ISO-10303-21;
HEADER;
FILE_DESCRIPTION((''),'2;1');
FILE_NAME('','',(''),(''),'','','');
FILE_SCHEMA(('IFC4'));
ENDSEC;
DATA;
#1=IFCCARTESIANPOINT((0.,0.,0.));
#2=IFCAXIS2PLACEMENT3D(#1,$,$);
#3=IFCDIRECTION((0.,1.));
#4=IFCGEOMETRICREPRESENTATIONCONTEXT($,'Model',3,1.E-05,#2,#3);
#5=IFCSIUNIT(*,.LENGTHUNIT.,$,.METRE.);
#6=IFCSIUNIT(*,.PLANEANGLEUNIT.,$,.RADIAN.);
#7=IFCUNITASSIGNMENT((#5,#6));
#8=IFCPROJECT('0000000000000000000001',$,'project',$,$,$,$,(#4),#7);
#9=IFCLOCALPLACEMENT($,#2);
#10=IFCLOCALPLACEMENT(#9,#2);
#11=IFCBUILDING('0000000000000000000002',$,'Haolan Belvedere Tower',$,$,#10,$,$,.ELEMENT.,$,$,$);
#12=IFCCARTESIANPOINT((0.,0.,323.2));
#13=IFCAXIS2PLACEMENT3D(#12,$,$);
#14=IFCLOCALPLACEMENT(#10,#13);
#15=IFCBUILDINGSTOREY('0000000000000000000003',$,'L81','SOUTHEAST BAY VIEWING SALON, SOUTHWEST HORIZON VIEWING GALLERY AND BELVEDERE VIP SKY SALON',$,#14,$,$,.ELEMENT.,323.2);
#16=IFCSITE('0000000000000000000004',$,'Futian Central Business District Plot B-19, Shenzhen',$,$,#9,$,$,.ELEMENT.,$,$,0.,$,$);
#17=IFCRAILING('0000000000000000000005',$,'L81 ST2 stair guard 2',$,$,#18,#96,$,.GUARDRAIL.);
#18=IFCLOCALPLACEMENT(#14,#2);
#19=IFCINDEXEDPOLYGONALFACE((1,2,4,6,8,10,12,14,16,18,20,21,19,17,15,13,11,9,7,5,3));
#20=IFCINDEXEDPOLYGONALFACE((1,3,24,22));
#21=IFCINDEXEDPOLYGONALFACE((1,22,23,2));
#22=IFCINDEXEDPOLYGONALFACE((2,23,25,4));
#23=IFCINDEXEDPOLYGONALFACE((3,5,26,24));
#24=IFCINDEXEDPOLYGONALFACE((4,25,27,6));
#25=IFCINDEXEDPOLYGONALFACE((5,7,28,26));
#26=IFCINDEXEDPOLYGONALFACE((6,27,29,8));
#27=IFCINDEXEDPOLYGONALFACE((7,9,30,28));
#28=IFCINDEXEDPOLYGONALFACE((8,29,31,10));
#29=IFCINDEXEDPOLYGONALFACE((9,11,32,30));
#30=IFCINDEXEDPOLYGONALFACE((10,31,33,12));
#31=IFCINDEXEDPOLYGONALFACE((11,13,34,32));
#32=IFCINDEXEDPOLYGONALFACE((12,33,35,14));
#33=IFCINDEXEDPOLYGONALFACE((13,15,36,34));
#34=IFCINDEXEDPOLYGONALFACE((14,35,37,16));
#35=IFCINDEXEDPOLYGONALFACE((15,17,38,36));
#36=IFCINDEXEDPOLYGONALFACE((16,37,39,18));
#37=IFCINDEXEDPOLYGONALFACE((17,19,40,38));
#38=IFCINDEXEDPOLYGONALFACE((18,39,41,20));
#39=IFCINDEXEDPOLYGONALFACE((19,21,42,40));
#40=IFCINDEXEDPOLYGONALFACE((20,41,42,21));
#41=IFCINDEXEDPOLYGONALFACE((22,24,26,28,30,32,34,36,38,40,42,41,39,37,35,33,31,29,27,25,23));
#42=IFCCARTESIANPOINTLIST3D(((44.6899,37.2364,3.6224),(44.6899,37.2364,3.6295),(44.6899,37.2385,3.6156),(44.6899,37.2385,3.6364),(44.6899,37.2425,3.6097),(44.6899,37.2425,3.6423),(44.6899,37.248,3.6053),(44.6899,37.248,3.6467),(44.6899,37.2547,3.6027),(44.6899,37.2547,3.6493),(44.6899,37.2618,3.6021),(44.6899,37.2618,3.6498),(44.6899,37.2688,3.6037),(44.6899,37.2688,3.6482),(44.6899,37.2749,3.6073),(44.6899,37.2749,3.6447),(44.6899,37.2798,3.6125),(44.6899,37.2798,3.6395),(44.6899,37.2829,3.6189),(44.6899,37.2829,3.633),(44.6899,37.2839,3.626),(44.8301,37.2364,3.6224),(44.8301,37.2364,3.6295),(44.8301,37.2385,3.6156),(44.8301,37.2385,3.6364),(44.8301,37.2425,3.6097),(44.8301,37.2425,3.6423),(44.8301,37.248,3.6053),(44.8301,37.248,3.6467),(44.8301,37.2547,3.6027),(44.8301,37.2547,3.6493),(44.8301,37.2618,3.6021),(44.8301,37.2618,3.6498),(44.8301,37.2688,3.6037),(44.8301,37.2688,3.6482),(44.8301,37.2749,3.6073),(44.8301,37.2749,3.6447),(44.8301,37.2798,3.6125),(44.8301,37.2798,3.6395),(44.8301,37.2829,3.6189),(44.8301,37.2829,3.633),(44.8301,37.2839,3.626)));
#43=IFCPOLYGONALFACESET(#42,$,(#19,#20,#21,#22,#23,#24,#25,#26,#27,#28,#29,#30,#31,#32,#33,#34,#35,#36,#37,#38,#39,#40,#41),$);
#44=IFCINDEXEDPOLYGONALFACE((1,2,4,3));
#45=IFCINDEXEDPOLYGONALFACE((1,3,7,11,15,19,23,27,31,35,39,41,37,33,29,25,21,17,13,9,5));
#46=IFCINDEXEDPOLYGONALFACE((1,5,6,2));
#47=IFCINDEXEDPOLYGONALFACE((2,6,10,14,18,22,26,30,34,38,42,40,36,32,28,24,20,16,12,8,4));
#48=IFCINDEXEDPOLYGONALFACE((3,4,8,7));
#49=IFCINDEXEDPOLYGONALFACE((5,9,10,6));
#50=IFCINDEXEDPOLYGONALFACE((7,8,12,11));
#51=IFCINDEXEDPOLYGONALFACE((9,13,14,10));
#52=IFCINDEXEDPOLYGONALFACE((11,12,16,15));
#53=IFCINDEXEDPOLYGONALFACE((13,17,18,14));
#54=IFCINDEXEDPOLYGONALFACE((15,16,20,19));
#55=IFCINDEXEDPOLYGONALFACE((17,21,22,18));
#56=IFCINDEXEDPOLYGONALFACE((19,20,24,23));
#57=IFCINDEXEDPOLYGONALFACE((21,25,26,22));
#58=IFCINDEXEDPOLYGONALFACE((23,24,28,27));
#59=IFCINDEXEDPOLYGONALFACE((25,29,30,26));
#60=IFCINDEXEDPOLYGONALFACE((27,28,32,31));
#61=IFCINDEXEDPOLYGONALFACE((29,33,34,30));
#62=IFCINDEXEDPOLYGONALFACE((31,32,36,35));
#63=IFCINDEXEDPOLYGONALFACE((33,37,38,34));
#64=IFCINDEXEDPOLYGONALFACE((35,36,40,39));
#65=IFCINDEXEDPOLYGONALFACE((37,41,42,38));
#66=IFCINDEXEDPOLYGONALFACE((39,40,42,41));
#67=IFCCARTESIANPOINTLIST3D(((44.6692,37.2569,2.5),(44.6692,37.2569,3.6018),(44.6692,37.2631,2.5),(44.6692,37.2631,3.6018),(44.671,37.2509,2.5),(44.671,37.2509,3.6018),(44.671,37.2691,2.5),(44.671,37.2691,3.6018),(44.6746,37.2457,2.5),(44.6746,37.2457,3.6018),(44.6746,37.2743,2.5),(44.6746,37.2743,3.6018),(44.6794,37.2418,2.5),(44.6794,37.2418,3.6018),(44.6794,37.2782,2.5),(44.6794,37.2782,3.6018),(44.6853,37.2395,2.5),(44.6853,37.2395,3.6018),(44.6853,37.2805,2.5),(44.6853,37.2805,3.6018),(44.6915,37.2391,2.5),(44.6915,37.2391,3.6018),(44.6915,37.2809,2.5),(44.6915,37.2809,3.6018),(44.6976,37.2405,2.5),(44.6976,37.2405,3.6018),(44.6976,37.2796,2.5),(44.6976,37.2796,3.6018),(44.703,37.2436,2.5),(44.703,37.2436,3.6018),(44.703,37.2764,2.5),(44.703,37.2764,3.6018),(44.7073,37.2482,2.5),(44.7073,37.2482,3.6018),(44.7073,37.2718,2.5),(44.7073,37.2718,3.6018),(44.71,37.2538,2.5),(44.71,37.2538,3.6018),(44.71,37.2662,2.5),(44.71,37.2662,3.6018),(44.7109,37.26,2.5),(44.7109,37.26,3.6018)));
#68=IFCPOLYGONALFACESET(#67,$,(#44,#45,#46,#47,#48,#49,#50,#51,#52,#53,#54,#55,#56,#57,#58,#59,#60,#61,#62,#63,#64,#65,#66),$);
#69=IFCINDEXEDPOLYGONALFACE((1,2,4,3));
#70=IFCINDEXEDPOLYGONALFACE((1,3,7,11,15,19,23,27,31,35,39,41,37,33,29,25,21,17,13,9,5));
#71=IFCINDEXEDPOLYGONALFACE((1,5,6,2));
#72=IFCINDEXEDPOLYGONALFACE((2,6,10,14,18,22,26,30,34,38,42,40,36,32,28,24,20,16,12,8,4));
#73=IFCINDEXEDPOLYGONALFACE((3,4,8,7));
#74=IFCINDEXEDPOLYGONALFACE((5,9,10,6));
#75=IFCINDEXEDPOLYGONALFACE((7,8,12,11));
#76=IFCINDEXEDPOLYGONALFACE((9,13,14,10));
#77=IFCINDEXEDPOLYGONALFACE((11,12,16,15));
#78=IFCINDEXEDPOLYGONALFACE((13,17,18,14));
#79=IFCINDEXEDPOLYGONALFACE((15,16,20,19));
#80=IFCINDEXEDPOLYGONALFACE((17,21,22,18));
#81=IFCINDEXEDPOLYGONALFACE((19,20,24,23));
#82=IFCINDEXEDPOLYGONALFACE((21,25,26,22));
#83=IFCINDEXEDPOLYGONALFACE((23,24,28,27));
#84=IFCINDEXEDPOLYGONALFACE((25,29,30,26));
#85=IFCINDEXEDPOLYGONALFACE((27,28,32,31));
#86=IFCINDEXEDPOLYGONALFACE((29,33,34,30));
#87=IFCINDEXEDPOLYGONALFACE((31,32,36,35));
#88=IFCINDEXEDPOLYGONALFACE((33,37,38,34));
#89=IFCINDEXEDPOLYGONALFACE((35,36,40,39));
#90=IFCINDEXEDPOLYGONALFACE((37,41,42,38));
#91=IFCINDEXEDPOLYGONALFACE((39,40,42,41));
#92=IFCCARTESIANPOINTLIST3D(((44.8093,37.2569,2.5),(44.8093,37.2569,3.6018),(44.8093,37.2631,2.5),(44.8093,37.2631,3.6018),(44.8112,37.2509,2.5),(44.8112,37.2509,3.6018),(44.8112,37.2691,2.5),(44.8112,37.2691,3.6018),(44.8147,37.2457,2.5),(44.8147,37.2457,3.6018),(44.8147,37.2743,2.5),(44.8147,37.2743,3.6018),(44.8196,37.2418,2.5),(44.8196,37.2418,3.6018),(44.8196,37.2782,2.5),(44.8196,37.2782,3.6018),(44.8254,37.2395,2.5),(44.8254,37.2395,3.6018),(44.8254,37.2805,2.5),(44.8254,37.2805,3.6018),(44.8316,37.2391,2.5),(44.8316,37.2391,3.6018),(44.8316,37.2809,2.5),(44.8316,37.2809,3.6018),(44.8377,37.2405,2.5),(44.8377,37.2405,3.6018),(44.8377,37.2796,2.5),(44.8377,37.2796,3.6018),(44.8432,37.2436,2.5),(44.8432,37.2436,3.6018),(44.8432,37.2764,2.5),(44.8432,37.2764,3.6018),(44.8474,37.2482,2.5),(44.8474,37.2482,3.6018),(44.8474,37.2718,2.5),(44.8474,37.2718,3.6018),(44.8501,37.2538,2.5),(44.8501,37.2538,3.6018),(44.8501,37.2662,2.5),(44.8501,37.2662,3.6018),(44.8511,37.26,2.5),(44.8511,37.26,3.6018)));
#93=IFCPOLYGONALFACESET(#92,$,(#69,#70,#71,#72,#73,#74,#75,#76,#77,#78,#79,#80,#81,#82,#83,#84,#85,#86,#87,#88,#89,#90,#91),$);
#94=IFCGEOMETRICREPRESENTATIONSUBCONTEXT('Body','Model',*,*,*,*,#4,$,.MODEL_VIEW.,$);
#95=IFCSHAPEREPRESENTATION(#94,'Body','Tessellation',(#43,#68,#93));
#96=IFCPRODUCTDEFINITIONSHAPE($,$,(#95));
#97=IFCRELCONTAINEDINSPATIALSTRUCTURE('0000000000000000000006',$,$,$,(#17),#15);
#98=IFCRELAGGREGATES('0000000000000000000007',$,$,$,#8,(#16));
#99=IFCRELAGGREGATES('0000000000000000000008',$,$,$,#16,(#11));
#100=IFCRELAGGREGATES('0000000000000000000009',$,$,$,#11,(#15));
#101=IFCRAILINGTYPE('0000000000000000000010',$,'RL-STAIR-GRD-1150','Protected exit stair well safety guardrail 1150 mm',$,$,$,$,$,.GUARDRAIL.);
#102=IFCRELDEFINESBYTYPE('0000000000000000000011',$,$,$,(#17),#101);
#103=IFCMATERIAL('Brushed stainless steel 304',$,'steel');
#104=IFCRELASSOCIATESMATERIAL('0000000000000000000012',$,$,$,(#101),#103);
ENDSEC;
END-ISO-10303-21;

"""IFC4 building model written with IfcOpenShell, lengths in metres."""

from ifc_helpers import new_model, si_unit, direction, frame, origin, origin_2d, place, context, subcontext, project, spatial, circle, extrude, material, type_object, element, save


model = new_model("IFC4")

# Units and contexts
model_context = context("Model", 3, precision=1e-05, world=origin(), true_north=direction((0.0, 1.0)))
body_context = subcontext(model_context, "Body", "Model", "MODEL_VIEW")
ifc_project = project(units=[si_unit("LENGTHUNIT", "METRE"), si_unit("PLANEANGLEUNIT", "RADIAN")], contexts=[model_context])

# Site, building, storey
site_placement = place(None, origin())
site = spatial("IfcSite", under=ifc_project, at=site_placement, Name="Futian Central Business District Plot B-19, Shenzhen", CompositionType="ELEMENT", RefElevation=0.0)
building_placement = place(site_placement, origin())
building = spatial("IfcBuilding", under=site, at=building_placement, Name="Haolan Belvedere Tower", CompositionType="ELEMENT")
storey_placement = place(building_placement, frame((0.0, 0.0, 323.2)))
storey = spatial("IfcBuildingStorey", under=building, at=storey_placement, Name="L81", Description="SOUTHEAST BAY VIEWING SALON, SOUTHWEST HORIZON VIEWING GALLERY AND BELVEDERE VIP SKY SALON", CompositionType="ELEMENT", Elevation=323.2)

# Railing
ifc_material_1 = material(Name="Brushed stainless steel 304", Category="steel")
railing_type_1 = type_object("IfcRailingType", Name="RL-STAIR-GRD-1150", Description="Protected exit stair well safety guardrail 1150 mm", PredefinedType="GUARDRAIL", material=ifc_material_1)
railing_1_placement = place(storey_placement, frame((44.6899, 37.26, 2.5)))
element("IfcRailing", 1, at=railing_1_placement, inside=storey, type_object=railing_type_1, Name="L81 ST2 stair guard 2", PredefinedType="GUARDRAIL", context=body_context, shape_type="SweptSolid", body=[
    extrude(circle(Radius=0.0239, at=origin_2d()), frame((0.0, 0.0, 1.126), z_axis=(1.0, 0.0, 0.0), x_axis=(0.0, 1.0, 0.0)), (0.0, 0.0, 1.0), 0.1401),
    extrude(circle(Radius=0.021, at=origin_2d()), origin(), (0.0, 0.0, 1.0), 1.1018),
    extrude(circle(Radius=0.021, at=origin_2d()), frame((0.1401, 0.0, 0.0)), (0.0, 0.0, 1.0), 1.1018),
])

save(model, "model.ifc")
